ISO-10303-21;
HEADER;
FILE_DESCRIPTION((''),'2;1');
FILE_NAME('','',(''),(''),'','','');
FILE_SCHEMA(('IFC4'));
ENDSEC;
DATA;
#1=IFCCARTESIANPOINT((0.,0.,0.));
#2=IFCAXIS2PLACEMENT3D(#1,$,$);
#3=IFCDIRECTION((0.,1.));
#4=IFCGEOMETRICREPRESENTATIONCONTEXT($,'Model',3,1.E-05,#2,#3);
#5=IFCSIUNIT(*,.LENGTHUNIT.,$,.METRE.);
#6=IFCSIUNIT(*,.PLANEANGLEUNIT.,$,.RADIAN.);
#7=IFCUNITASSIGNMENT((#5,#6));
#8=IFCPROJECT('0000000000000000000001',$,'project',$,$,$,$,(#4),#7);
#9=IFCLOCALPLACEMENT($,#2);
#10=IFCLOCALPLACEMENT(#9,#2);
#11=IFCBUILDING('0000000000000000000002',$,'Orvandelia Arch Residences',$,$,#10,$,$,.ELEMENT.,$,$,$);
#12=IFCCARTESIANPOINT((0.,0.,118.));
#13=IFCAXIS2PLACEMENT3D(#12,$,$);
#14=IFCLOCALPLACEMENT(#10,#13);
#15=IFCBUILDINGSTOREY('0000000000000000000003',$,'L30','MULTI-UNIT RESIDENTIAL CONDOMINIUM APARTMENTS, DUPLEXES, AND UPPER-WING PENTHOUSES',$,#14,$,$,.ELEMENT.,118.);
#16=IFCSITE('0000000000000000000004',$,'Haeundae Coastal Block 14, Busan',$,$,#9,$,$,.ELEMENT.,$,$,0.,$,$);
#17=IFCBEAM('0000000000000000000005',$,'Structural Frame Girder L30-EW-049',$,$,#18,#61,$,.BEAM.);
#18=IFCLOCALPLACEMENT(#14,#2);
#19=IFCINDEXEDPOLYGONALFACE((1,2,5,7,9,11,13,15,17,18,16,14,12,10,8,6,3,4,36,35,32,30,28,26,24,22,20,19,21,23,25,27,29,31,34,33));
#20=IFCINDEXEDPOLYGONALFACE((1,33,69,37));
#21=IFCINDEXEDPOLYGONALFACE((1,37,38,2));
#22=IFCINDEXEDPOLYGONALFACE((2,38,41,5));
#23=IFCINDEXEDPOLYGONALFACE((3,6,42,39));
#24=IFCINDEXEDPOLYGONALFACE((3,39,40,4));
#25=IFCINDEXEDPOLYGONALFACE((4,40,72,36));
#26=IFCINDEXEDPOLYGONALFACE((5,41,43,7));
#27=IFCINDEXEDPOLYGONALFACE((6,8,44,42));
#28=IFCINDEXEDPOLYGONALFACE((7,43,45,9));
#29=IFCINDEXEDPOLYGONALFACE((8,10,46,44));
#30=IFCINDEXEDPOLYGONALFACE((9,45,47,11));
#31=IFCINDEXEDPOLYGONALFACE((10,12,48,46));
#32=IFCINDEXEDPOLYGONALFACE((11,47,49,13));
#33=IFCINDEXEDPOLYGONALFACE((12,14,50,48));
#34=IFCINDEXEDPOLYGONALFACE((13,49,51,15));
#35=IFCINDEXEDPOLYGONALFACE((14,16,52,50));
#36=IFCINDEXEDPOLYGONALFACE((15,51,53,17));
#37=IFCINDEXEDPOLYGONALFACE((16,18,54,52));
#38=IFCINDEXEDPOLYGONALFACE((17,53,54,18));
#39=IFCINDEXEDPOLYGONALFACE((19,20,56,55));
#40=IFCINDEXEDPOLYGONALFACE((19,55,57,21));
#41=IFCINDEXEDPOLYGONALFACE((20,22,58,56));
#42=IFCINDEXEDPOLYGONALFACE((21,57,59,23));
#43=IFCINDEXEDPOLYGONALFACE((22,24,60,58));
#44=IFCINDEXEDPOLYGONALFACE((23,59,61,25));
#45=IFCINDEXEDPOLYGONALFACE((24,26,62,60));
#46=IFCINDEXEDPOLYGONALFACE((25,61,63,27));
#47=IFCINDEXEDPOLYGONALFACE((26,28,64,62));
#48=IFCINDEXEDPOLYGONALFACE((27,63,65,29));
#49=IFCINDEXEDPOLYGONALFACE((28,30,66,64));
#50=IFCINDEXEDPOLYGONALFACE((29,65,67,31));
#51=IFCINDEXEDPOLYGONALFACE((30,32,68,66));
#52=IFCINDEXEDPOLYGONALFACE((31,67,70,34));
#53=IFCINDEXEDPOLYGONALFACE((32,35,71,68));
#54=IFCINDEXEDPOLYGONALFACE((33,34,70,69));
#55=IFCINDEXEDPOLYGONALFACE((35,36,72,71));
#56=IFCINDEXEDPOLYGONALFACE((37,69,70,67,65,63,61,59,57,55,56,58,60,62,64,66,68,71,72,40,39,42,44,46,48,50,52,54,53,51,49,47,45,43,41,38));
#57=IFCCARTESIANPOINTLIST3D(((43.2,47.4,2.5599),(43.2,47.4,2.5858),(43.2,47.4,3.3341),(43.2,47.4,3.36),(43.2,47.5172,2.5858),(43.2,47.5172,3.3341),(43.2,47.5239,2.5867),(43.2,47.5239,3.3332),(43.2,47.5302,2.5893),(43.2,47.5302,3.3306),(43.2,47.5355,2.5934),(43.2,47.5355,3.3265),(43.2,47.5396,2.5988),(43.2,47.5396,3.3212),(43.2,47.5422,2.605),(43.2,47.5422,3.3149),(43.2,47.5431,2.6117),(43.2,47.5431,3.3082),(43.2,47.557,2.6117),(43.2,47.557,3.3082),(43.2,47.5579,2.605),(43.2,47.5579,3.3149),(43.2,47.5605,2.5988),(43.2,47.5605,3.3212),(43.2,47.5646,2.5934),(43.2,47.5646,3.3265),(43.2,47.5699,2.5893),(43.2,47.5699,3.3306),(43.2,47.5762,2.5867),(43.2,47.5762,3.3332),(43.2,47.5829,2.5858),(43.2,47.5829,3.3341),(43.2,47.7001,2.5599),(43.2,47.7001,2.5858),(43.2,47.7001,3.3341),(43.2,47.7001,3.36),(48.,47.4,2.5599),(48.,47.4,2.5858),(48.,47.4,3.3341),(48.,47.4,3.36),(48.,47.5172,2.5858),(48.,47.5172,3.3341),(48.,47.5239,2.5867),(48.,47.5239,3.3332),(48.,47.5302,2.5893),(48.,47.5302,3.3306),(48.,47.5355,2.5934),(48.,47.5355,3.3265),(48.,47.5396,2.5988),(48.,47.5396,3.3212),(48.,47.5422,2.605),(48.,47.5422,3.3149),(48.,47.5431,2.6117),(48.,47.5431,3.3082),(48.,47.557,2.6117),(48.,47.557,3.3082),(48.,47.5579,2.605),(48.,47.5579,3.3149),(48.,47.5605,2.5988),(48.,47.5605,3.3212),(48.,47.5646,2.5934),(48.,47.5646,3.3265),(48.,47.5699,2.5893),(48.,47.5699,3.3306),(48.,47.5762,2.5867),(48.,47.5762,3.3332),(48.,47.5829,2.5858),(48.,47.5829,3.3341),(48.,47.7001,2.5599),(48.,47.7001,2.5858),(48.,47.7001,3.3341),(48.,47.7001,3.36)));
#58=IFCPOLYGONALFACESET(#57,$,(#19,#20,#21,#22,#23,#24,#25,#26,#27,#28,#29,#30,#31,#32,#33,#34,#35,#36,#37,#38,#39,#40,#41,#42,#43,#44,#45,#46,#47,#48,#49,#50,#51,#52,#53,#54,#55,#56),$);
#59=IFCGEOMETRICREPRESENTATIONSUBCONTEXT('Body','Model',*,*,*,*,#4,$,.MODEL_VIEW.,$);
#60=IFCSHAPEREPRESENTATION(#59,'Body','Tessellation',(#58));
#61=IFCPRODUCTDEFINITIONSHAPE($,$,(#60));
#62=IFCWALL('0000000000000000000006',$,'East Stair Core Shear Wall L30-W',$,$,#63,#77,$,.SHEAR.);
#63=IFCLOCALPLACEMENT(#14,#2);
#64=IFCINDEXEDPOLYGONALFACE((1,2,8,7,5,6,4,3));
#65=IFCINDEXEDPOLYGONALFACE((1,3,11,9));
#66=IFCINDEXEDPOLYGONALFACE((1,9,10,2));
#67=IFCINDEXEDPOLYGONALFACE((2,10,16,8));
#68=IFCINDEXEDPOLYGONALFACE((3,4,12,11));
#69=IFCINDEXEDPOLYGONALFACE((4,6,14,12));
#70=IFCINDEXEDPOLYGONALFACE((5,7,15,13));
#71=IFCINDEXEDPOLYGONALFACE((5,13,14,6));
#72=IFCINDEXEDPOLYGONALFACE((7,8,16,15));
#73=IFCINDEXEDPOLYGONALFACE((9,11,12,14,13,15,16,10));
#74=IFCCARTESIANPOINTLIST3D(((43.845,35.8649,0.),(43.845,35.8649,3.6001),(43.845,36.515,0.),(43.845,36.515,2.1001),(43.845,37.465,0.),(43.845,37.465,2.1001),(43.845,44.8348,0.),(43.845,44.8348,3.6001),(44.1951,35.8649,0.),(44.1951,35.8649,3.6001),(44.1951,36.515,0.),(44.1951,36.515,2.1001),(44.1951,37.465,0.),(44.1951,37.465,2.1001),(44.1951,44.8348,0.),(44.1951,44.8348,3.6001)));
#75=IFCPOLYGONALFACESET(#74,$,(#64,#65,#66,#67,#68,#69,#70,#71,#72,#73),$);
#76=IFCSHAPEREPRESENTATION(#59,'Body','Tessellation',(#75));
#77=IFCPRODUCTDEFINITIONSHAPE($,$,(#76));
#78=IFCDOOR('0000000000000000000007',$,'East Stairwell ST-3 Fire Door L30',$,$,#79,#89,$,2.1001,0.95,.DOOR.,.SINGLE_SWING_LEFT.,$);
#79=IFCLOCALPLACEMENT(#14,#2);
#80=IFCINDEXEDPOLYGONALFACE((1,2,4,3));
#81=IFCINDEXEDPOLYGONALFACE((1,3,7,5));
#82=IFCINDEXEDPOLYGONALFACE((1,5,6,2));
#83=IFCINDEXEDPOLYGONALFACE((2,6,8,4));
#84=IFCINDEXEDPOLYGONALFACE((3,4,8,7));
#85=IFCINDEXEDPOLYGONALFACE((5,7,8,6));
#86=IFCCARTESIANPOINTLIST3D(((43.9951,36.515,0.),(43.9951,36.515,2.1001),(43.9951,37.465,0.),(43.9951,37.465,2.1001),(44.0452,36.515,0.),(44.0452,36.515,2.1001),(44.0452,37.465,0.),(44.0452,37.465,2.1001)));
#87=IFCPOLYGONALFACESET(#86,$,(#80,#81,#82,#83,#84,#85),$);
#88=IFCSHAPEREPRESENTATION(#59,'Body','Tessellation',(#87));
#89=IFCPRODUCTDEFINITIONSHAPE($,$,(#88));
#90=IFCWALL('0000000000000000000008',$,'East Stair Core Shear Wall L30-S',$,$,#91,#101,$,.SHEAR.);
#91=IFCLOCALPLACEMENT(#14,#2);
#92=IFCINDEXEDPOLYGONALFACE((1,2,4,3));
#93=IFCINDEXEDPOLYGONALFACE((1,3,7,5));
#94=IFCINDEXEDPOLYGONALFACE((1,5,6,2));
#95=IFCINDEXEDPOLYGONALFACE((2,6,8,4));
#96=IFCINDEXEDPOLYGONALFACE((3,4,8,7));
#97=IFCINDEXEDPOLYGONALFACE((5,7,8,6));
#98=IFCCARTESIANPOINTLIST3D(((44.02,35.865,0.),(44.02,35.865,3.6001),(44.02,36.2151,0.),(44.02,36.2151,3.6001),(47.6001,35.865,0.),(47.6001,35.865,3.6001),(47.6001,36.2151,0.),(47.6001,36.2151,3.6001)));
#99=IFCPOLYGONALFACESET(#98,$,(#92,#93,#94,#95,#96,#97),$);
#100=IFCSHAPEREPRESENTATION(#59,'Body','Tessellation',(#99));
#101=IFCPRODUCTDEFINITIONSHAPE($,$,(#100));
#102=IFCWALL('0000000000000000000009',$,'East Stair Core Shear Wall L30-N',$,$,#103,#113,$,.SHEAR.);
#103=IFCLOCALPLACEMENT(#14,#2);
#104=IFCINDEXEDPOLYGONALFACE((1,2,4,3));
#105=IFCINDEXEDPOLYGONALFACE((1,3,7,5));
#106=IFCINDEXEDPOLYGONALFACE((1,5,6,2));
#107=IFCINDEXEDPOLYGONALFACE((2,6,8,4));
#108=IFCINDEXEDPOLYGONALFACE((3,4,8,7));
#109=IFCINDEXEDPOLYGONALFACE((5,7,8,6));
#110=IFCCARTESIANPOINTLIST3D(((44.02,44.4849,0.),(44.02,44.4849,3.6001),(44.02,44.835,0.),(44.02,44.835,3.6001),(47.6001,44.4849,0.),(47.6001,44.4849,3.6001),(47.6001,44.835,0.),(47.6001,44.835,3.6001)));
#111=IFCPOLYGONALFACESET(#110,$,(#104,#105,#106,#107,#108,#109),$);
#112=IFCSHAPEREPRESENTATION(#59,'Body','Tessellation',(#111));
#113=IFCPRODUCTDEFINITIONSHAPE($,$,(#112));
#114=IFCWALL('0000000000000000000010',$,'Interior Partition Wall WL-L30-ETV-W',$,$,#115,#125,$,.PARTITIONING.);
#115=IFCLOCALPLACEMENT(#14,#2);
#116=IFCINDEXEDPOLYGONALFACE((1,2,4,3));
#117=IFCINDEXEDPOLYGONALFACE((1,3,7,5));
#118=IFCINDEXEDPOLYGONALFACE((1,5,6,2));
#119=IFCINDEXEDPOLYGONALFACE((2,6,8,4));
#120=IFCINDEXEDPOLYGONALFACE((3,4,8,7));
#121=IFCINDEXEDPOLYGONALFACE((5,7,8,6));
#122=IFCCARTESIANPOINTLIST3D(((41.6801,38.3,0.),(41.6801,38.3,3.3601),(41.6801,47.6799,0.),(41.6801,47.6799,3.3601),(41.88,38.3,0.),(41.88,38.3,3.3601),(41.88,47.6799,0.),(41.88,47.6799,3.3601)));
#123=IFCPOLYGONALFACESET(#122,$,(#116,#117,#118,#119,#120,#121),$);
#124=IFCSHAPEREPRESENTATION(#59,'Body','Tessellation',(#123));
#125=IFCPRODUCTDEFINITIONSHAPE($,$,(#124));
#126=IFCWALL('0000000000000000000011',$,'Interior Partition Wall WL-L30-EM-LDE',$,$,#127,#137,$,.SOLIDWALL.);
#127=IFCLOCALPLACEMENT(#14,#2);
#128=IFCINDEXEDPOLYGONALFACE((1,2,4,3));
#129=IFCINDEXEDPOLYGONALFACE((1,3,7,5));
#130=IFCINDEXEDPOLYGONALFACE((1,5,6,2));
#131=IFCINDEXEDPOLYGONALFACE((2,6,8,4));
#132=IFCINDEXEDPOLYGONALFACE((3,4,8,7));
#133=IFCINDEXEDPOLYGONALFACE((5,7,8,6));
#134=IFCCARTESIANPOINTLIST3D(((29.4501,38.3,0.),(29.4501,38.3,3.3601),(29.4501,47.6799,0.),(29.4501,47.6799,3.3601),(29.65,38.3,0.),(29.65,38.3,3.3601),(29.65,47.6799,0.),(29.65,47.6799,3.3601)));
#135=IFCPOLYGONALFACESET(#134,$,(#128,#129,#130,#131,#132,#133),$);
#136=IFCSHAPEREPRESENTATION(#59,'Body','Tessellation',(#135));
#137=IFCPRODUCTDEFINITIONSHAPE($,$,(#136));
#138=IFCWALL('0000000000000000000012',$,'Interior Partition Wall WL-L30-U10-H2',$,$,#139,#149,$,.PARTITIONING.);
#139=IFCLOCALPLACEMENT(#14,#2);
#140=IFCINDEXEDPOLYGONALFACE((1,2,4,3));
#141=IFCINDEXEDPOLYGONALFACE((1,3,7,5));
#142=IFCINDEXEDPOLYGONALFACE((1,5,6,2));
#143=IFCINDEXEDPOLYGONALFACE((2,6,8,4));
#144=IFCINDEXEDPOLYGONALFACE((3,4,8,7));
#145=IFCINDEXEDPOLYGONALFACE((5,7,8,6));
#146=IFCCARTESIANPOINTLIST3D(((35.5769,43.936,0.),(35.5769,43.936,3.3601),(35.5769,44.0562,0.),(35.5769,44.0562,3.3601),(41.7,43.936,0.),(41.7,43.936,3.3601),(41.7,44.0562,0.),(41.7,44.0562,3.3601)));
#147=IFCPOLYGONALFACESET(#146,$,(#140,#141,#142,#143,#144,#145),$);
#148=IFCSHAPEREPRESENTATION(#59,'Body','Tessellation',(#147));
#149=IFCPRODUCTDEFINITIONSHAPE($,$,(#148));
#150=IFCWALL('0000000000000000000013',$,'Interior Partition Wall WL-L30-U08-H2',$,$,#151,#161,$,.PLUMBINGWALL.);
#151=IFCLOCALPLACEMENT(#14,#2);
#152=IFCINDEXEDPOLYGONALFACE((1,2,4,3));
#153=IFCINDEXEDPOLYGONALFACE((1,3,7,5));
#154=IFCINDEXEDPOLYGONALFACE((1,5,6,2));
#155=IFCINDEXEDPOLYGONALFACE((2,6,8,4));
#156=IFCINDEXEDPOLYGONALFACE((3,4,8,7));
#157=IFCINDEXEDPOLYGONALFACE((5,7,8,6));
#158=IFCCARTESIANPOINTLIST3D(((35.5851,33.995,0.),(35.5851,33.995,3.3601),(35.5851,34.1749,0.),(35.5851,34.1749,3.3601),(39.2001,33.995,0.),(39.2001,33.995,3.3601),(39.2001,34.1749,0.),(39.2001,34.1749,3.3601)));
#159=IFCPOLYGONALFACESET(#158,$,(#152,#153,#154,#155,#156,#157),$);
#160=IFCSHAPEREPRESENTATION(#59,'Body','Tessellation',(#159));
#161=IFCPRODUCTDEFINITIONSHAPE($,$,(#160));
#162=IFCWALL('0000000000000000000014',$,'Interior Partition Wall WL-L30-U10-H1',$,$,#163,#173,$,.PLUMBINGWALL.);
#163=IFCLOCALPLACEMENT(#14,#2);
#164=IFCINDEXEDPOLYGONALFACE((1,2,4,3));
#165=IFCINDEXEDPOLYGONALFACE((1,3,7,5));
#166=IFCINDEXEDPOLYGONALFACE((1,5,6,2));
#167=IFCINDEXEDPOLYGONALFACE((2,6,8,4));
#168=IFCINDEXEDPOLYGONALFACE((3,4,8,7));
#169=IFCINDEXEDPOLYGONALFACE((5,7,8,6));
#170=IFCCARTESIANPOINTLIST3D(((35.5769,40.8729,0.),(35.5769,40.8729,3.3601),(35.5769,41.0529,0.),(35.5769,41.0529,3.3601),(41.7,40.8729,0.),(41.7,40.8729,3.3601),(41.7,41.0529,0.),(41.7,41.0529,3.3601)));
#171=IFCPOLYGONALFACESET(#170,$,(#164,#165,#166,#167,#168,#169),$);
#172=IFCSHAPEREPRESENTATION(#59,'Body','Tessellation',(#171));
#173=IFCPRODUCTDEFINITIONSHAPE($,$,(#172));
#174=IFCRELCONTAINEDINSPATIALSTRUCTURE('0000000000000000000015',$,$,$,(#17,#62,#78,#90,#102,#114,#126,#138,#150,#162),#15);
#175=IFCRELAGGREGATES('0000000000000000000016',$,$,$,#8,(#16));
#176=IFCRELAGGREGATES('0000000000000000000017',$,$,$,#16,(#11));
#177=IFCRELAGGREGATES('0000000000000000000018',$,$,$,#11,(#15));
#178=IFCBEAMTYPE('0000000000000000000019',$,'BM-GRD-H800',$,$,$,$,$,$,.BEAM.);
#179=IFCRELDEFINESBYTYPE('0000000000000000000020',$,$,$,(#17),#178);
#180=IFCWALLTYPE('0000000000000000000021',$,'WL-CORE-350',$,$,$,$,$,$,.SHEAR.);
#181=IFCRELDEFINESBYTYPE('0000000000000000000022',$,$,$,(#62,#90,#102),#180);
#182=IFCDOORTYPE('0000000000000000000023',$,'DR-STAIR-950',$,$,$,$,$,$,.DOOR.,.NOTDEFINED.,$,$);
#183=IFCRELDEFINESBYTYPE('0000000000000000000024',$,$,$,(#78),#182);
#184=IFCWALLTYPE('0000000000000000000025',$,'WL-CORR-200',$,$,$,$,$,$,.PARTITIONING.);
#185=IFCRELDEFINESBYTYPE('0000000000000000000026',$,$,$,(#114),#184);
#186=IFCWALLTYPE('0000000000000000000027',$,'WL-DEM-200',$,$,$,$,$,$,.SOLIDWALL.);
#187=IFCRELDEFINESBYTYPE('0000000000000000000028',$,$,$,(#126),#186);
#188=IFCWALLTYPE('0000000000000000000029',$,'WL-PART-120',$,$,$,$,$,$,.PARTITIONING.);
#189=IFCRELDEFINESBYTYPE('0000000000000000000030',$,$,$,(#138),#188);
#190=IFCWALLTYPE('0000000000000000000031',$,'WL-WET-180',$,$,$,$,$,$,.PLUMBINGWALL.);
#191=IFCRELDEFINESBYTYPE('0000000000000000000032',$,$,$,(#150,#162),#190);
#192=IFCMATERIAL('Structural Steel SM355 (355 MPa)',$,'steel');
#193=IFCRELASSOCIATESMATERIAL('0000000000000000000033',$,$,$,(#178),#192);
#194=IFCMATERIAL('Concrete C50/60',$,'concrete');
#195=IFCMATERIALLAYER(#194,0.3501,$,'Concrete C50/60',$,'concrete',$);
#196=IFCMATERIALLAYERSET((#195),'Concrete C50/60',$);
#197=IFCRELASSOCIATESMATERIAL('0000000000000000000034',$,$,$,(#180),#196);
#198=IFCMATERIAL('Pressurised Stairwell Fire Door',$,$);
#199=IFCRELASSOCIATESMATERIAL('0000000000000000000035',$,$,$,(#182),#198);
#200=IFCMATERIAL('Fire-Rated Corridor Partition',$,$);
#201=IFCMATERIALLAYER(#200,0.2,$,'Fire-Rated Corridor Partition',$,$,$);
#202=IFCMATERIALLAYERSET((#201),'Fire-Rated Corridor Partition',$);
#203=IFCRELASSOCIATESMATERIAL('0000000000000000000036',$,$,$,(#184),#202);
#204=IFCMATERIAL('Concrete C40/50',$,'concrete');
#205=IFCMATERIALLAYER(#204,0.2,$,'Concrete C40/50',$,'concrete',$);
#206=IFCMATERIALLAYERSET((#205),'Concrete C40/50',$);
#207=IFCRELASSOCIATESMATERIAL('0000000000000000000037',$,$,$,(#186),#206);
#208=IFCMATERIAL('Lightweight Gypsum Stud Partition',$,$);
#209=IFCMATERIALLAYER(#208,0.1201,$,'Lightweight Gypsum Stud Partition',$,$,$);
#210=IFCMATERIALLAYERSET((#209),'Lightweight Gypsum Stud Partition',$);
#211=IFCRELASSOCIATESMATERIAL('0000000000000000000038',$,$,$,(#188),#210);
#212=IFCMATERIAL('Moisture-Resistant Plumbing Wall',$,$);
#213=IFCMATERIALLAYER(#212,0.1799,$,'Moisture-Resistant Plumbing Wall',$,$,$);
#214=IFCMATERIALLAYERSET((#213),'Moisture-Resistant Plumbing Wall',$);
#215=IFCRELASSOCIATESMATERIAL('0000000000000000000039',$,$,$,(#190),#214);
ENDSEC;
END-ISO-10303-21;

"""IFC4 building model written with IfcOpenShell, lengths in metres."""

from ifc_helpers import new_model, si_unit, direction, frame, frame_2d, origin, origin_2d, place, context, subcontext, project, spatial, rectangle, i_section, extrude, material, layer, layer_set, material_profile, profile_set, type_object, element, fill, save


model = new_model("IFC4")

# Units and contexts
model_context = context("Model", 3, precision=1e-05, world=origin(), true_north=direction((0.0, 1.0)))
body_context = subcontext(model_context, "Body", "Model", "MODEL_VIEW")
ifc_project = project(units=[si_unit("LENGTHUNIT", "METRE"), si_unit("PLANEANGLEUNIT", "RADIAN")], contexts=[model_context])

# Site, building, storey
site_placement = place(None, origin())
site = spatial("IfcSite", under=ifc_project, at=site_placement, Name="Haeundae Coastal Block 14, Busan", CompositionType="ELEMENT", RefElevation=0.0)
building_placement = place(site_placement, origin())
building = spatial("IfcBuilding", under=site, at=building_placement, Name="Orvandelia Arch Residences", CompositionType="ELEMENT")
storey_placement = place(building_placement, frame((0.0, 0.0, 118.0)))
storey = spatial("IfcBuildingStorey", under=building, at=storey_placement, Name="L30", Description="MULTI-UNIT RESIDENTIAL CONDOMINIUM APARTMENTS, DUPLEXES, AND UPPER-WING PENTHOUSES", CompositionType="ELEMENT", Elevation=118.0)

# Beam
ifc_material_1 = material(Name="Structural Steel SM355 (355 MPa)", Category="steel")
ifc_material_profile_1 = material_profile(ifc_material_1, i_section(OverallWidth=0.3, OverallDepth=0.8, WebThickness=0.0139, FlangeThickness=0.0259, FilletRadius=0.0259, at=origin_2d()), Name="Structural Steel SM355 (355 MPa)", Category="steel")
ifc_profile_set_1 = profile_set([ifc_material_profile_1], Name="Structural Steel SM355 (355 MPa)")
beam_type = type_object("IfcBeamType", Name="BM-GRD-H800", PredefinedType="BEAM", material=ifc_profile_set_1)
for number, where, z_axis, x_axis, name in (
    (1, (43.2, 47.55, 2.96), (1.0, 0.0, 0.0), (0.0, 1.0, 0.0), "Structural Frame Girder L30-EW-049"),
):
    element("IfcBeam", number, at=place(storey_placement, frame(where, z_axis=z_axis, x_axis=x_axis)), inside=storey, type_object=beam_type, Name=name, PredefinedType="BEAM", context=body_context, shape_type="SweptSolid", body=[
        extrude(i_section(OverallWidth=0.3, OverallDepth=0.8, WebThickness=0.0139, FlangeThickness=0.0259, FilletRadius=0.0259, at=origin_2d()), origin(), (0.0, 0.0, 1.0), 4.8),
    ])

# Wall, opening, door
ifc_material_2 = material(Name="Concrete C50/60", Category="concrete")
ifc_layer_1 = layer(ifc_material_2, 0.3501, Name="Concrete C50/60", Category="concrete")
ifc_layer_set_1 = layer_set([ifc_layer_1], Name="Concrete C50/60")
wall_type_1 = type_object("IfcWallType", Name="WL-CORE-350", PredefinedType="SHEAR", material=ifc_layer_set_1)
wall_1_placement = place(storey_placement, frame((44.02, 35.865, 0.0), z_axis=(0.0, 0.0, 1.0), x_axis=(0.0, 1.0, 0.0)))
wall_1 = element("IfcWall", 2, at=wall_1_placement, inside=storey, type_object=wall_type_1, Name="East Stair Core Shear Wall L30-W", PredefinedType="SHEAR", context=body_context, shape_type="SweptSolid", body=[
    extrude(rectangle(XDim=8.97, YDim=0.3501, at=frame_2d((4.4849, 0.0))), origin(), (0.0, 0.0, 1.0), 3.6001),
])
opening_1_placement = place(wall_1_placement, frame((0.6499, 0.0, 0.0)))
opening_1 = element("IfcOpeningElement", 3, at=opening_1_placement, cuts=wall_1, PredefinedType="OPENING", context=body_context, shape_type="SweptSolid", body=[
    extrude(rectangle(XDim=0.95, YDim=2.1001, at=frame_2d((0.4751, 1.05))), frame((0.0, 0.1851, 0.0), z_axis=(0.0, -1.0, 0.0), x_axis=(1.0, 0.0, 0.0)), (0.0, 0.0, 1.0), 0.3701),
])
ifc_material_3 = material(Name="Pressurised Stairwell Fire Door")
door_type_1 = type_object("IfcDoorType", Name="DR-STAIR-950", OperationType="NOTDEFINED", PredefinedType="DOOR", material=ifc_material_3)
door_1_placement = place(opening_1_placement, origin())
door_1 = element("IfcDoor", 4, at=door_1_placement, inside=storey, type_object=door_type_1, Name="East Stairwell ST-3 Fire Door L30", OperationType="SINGLE_SWING_LEFT", OverallHeight=2.1001, OverallWidth=0.95, PredefinedType="DOOR", context=body_context, shape_type="SweptSolid", body=[
    extrude(rectangle(XDim=0.95, YDim=2.1001, at=frame_2d((0.4751, 1.05))), frame((0.0, 0.0249, 0.0), z_axis=(0.0, -1.0, 0.0), x_axis=(1.0, 0.0, 0.0)), (0.0, 0.0, 1.0), 0.05),
])
fill(opening_1, door_1)

# Walls
for number, where, z_axis, x_axis, name in (
    (5, (44.02, 36.04, 0.0), (0.0, 0.0, 1.0), (1.0, 0.0, 0.0), "East Stair Core Shear Wall L30-S"),
    (6, (44.02, 44.6599, 0.0), (0.0, 0.0, 1.0), (1.0, 0.0, 0.0), "East Stair Core Shear Wall L30-N"),
):
    element("IfcWall", number, at=place(storey_placement, frame(where, z_axis=z_axis, x_axis=x_axis)), inside=storey, type_object=wall_type_1, Name=name, PredefinedType="SHEAR", context=body_context, shape_type="SweptSolid", body=[
        extrude(rectangle(XDim=3.5801, YDim=0.3501, at=frame_2d((1.79, 0.0))), origin(), (0.0, 0.0, 1.0), 3.6001),
    ])
ifc_material_4 = material(Name="Fire-Rated Corridor Partition")
ifc_layer_2 = layer(ifc_material_4, 0.2, Name="Fire-Rated Corridor Partition")
ifc_layer_set_2 = layer_set([ifc_layer_2], Name="Fire-Rated Corridor Partition")
wall_type_2 = type_object("IfcWallType", Name="WL-CORR-200", PredefinedType="PARTITIONING", material=ifc_layer_set_2)
wall_2_placement = place(storey_placement, frame((41.78, 38.3, 0.0), z_axis=(0.0, 0.0, 1.0), x_axis=(0.0, 1.0, 0.0)))
element("IfcWall", 7, at=wall_2_placement, inside=storey, type_object=wall_type_2, Name="Interior Partition Wall WL-L30-ETV-W", PredefinedType="PARTITIONING", context=body_context, shape_type="SweptSolid", body=[
    extrude(rectangle(XDim=9.3799, YDim=0.2, at=frame_2d((4.6899, 0.0))), origin(), (0.0, 0.0, 1.0), 3.3601),
])
ifc_material_5 = material(Name="Concrete C40/50", Category="concrete")
ifc_layer_3 = layer(ifc_material_5, 0.2, Name="Concrete C40/50", Category="concrete")
ifc_layer_set_3 = layer_set([ifc_layer_3], Name="Concrete C40/50")
wall_type_3 = type_object("IfcWallType", Name="WL-DEM-200", PredefinedType="SOLIDWALL", material=ifc_layer_set_3)
wall_3_placement = place(storey_placement, frame((29.55, 38.3, 0.0), z_axis=(0.0, 0.0, 1.0), x_axis=(0.0, 1.0, 0.0)))
element("IfcWall", 8, at=wall_3_placement, inside=storey, type_object=wall_type_3, Name="Interior Partition Wall WL-L30-EM-LDE", PredefinedType="SOLIDWALL", context=body_context, shape_type="SweptSolid", body=[
    extrude(rectangle(XDim=9.3799, YDim=0.2, at=frame_2d((4.6899, 0.0))), origin(), (0.0, 0.0, 1.0), 3.3601),
])
ifc_material_6 = material(Name="Lightweight Gypsum Stud Partition")
ifc_layer_4 = layer(ifc_material_6, 0.1201, Name="Lightweight Gypsum Stud Partition")
ifc_layer_set_4 = layer_set([ifc_layer_4], Name="Lightweight Gypsum Stud Partition")
wall_type_4 = type_object("IfcWallType", Name="WL-PART-120", PredefinedType="PARTITIONING", material=ifc_layer_set_4)
wall_4_placement = place(storey_placement, frame((35.5769, 43.9961, 0.0), z_axis=(0.0, 0.0, 1.0), x_axis=(1.0, 0.0, 0.0)))
element("IfcWall", 9, at=wall_4_placement, inside=storey, type_object=wall_type_4, Name="Interior Partition Wall WL-L30-U10-H2", PredefinedType="PARTITIONING", context=body_context, shape_type="SweptSolid", body=[
    extrude(rectangle(XDim=6.123, YDim=0.1201, at=frame_2d((3.0615, 0.0))), origin(), (0.0, 0.0, 1.0), 3.3601),
])
ifc_material_7 = material(Name="Moisture-Resistant Plumbing Wall")
ifc_layer_5 = layer(ifc_material_7, 0.1799, Name="Moisture-Resistant Plumbing Wall")
ifc_layer_set_5 = layer_set([ifc_layer_5], Name="Moisture-Resistant Plumbing Wall")
wall_type_5 = type_object("IfcWallType", Name="WL-WET-180", PredefinedType="PLUMBINGWALL", material=ifc_layer_set_5)
wall_5_placement = place(storey_placement, frame((35.585, 34.085, 0.0), z_axis=(0.0, 0.0, 1.0), x_axis=(1.0, 0.0, 0.0)))
element("IfcWall", 10, at=wall_5_placement, inside=storey, type_object=wall_type_5, Name="Interior Partition Wall WL-L30-U08-H2", PredefinedType="PLUMBINGWALL", context=body_context, shape_type="SweptSolid", body=[
    extrude(rectangle(XDim=3.615, YDim=0.1799, at=frame_2d((1.8076, 0.0))), origin(), (0.0, 0.0, 1.0), 3.3601),
])

# Wall
wall_6_placement = place(storey_placement, frame((35.5769, 40.9629, 0.0), z_axis=(0.0, 0.0, 1.0), x_axis=(1.0, 0.0, 0.0)))
element("IfcWall", 11, at=wall_6_placement, inside=storey, type_object=wall_type_5, Name="Interior Partition Wall WL-L30-U10-H1", PredefinedType="PLUMBINGWALL", context=body_context, shape_type="SweptSolid", body=[
    extrude(rectangle(XDim=6.123, YDim=0.1799, at=frame_2d((3.0615, 0.0))), origin(), (0.0, 0.0, 1.0), 3.3601),
])

save(model, "model.ifc")
